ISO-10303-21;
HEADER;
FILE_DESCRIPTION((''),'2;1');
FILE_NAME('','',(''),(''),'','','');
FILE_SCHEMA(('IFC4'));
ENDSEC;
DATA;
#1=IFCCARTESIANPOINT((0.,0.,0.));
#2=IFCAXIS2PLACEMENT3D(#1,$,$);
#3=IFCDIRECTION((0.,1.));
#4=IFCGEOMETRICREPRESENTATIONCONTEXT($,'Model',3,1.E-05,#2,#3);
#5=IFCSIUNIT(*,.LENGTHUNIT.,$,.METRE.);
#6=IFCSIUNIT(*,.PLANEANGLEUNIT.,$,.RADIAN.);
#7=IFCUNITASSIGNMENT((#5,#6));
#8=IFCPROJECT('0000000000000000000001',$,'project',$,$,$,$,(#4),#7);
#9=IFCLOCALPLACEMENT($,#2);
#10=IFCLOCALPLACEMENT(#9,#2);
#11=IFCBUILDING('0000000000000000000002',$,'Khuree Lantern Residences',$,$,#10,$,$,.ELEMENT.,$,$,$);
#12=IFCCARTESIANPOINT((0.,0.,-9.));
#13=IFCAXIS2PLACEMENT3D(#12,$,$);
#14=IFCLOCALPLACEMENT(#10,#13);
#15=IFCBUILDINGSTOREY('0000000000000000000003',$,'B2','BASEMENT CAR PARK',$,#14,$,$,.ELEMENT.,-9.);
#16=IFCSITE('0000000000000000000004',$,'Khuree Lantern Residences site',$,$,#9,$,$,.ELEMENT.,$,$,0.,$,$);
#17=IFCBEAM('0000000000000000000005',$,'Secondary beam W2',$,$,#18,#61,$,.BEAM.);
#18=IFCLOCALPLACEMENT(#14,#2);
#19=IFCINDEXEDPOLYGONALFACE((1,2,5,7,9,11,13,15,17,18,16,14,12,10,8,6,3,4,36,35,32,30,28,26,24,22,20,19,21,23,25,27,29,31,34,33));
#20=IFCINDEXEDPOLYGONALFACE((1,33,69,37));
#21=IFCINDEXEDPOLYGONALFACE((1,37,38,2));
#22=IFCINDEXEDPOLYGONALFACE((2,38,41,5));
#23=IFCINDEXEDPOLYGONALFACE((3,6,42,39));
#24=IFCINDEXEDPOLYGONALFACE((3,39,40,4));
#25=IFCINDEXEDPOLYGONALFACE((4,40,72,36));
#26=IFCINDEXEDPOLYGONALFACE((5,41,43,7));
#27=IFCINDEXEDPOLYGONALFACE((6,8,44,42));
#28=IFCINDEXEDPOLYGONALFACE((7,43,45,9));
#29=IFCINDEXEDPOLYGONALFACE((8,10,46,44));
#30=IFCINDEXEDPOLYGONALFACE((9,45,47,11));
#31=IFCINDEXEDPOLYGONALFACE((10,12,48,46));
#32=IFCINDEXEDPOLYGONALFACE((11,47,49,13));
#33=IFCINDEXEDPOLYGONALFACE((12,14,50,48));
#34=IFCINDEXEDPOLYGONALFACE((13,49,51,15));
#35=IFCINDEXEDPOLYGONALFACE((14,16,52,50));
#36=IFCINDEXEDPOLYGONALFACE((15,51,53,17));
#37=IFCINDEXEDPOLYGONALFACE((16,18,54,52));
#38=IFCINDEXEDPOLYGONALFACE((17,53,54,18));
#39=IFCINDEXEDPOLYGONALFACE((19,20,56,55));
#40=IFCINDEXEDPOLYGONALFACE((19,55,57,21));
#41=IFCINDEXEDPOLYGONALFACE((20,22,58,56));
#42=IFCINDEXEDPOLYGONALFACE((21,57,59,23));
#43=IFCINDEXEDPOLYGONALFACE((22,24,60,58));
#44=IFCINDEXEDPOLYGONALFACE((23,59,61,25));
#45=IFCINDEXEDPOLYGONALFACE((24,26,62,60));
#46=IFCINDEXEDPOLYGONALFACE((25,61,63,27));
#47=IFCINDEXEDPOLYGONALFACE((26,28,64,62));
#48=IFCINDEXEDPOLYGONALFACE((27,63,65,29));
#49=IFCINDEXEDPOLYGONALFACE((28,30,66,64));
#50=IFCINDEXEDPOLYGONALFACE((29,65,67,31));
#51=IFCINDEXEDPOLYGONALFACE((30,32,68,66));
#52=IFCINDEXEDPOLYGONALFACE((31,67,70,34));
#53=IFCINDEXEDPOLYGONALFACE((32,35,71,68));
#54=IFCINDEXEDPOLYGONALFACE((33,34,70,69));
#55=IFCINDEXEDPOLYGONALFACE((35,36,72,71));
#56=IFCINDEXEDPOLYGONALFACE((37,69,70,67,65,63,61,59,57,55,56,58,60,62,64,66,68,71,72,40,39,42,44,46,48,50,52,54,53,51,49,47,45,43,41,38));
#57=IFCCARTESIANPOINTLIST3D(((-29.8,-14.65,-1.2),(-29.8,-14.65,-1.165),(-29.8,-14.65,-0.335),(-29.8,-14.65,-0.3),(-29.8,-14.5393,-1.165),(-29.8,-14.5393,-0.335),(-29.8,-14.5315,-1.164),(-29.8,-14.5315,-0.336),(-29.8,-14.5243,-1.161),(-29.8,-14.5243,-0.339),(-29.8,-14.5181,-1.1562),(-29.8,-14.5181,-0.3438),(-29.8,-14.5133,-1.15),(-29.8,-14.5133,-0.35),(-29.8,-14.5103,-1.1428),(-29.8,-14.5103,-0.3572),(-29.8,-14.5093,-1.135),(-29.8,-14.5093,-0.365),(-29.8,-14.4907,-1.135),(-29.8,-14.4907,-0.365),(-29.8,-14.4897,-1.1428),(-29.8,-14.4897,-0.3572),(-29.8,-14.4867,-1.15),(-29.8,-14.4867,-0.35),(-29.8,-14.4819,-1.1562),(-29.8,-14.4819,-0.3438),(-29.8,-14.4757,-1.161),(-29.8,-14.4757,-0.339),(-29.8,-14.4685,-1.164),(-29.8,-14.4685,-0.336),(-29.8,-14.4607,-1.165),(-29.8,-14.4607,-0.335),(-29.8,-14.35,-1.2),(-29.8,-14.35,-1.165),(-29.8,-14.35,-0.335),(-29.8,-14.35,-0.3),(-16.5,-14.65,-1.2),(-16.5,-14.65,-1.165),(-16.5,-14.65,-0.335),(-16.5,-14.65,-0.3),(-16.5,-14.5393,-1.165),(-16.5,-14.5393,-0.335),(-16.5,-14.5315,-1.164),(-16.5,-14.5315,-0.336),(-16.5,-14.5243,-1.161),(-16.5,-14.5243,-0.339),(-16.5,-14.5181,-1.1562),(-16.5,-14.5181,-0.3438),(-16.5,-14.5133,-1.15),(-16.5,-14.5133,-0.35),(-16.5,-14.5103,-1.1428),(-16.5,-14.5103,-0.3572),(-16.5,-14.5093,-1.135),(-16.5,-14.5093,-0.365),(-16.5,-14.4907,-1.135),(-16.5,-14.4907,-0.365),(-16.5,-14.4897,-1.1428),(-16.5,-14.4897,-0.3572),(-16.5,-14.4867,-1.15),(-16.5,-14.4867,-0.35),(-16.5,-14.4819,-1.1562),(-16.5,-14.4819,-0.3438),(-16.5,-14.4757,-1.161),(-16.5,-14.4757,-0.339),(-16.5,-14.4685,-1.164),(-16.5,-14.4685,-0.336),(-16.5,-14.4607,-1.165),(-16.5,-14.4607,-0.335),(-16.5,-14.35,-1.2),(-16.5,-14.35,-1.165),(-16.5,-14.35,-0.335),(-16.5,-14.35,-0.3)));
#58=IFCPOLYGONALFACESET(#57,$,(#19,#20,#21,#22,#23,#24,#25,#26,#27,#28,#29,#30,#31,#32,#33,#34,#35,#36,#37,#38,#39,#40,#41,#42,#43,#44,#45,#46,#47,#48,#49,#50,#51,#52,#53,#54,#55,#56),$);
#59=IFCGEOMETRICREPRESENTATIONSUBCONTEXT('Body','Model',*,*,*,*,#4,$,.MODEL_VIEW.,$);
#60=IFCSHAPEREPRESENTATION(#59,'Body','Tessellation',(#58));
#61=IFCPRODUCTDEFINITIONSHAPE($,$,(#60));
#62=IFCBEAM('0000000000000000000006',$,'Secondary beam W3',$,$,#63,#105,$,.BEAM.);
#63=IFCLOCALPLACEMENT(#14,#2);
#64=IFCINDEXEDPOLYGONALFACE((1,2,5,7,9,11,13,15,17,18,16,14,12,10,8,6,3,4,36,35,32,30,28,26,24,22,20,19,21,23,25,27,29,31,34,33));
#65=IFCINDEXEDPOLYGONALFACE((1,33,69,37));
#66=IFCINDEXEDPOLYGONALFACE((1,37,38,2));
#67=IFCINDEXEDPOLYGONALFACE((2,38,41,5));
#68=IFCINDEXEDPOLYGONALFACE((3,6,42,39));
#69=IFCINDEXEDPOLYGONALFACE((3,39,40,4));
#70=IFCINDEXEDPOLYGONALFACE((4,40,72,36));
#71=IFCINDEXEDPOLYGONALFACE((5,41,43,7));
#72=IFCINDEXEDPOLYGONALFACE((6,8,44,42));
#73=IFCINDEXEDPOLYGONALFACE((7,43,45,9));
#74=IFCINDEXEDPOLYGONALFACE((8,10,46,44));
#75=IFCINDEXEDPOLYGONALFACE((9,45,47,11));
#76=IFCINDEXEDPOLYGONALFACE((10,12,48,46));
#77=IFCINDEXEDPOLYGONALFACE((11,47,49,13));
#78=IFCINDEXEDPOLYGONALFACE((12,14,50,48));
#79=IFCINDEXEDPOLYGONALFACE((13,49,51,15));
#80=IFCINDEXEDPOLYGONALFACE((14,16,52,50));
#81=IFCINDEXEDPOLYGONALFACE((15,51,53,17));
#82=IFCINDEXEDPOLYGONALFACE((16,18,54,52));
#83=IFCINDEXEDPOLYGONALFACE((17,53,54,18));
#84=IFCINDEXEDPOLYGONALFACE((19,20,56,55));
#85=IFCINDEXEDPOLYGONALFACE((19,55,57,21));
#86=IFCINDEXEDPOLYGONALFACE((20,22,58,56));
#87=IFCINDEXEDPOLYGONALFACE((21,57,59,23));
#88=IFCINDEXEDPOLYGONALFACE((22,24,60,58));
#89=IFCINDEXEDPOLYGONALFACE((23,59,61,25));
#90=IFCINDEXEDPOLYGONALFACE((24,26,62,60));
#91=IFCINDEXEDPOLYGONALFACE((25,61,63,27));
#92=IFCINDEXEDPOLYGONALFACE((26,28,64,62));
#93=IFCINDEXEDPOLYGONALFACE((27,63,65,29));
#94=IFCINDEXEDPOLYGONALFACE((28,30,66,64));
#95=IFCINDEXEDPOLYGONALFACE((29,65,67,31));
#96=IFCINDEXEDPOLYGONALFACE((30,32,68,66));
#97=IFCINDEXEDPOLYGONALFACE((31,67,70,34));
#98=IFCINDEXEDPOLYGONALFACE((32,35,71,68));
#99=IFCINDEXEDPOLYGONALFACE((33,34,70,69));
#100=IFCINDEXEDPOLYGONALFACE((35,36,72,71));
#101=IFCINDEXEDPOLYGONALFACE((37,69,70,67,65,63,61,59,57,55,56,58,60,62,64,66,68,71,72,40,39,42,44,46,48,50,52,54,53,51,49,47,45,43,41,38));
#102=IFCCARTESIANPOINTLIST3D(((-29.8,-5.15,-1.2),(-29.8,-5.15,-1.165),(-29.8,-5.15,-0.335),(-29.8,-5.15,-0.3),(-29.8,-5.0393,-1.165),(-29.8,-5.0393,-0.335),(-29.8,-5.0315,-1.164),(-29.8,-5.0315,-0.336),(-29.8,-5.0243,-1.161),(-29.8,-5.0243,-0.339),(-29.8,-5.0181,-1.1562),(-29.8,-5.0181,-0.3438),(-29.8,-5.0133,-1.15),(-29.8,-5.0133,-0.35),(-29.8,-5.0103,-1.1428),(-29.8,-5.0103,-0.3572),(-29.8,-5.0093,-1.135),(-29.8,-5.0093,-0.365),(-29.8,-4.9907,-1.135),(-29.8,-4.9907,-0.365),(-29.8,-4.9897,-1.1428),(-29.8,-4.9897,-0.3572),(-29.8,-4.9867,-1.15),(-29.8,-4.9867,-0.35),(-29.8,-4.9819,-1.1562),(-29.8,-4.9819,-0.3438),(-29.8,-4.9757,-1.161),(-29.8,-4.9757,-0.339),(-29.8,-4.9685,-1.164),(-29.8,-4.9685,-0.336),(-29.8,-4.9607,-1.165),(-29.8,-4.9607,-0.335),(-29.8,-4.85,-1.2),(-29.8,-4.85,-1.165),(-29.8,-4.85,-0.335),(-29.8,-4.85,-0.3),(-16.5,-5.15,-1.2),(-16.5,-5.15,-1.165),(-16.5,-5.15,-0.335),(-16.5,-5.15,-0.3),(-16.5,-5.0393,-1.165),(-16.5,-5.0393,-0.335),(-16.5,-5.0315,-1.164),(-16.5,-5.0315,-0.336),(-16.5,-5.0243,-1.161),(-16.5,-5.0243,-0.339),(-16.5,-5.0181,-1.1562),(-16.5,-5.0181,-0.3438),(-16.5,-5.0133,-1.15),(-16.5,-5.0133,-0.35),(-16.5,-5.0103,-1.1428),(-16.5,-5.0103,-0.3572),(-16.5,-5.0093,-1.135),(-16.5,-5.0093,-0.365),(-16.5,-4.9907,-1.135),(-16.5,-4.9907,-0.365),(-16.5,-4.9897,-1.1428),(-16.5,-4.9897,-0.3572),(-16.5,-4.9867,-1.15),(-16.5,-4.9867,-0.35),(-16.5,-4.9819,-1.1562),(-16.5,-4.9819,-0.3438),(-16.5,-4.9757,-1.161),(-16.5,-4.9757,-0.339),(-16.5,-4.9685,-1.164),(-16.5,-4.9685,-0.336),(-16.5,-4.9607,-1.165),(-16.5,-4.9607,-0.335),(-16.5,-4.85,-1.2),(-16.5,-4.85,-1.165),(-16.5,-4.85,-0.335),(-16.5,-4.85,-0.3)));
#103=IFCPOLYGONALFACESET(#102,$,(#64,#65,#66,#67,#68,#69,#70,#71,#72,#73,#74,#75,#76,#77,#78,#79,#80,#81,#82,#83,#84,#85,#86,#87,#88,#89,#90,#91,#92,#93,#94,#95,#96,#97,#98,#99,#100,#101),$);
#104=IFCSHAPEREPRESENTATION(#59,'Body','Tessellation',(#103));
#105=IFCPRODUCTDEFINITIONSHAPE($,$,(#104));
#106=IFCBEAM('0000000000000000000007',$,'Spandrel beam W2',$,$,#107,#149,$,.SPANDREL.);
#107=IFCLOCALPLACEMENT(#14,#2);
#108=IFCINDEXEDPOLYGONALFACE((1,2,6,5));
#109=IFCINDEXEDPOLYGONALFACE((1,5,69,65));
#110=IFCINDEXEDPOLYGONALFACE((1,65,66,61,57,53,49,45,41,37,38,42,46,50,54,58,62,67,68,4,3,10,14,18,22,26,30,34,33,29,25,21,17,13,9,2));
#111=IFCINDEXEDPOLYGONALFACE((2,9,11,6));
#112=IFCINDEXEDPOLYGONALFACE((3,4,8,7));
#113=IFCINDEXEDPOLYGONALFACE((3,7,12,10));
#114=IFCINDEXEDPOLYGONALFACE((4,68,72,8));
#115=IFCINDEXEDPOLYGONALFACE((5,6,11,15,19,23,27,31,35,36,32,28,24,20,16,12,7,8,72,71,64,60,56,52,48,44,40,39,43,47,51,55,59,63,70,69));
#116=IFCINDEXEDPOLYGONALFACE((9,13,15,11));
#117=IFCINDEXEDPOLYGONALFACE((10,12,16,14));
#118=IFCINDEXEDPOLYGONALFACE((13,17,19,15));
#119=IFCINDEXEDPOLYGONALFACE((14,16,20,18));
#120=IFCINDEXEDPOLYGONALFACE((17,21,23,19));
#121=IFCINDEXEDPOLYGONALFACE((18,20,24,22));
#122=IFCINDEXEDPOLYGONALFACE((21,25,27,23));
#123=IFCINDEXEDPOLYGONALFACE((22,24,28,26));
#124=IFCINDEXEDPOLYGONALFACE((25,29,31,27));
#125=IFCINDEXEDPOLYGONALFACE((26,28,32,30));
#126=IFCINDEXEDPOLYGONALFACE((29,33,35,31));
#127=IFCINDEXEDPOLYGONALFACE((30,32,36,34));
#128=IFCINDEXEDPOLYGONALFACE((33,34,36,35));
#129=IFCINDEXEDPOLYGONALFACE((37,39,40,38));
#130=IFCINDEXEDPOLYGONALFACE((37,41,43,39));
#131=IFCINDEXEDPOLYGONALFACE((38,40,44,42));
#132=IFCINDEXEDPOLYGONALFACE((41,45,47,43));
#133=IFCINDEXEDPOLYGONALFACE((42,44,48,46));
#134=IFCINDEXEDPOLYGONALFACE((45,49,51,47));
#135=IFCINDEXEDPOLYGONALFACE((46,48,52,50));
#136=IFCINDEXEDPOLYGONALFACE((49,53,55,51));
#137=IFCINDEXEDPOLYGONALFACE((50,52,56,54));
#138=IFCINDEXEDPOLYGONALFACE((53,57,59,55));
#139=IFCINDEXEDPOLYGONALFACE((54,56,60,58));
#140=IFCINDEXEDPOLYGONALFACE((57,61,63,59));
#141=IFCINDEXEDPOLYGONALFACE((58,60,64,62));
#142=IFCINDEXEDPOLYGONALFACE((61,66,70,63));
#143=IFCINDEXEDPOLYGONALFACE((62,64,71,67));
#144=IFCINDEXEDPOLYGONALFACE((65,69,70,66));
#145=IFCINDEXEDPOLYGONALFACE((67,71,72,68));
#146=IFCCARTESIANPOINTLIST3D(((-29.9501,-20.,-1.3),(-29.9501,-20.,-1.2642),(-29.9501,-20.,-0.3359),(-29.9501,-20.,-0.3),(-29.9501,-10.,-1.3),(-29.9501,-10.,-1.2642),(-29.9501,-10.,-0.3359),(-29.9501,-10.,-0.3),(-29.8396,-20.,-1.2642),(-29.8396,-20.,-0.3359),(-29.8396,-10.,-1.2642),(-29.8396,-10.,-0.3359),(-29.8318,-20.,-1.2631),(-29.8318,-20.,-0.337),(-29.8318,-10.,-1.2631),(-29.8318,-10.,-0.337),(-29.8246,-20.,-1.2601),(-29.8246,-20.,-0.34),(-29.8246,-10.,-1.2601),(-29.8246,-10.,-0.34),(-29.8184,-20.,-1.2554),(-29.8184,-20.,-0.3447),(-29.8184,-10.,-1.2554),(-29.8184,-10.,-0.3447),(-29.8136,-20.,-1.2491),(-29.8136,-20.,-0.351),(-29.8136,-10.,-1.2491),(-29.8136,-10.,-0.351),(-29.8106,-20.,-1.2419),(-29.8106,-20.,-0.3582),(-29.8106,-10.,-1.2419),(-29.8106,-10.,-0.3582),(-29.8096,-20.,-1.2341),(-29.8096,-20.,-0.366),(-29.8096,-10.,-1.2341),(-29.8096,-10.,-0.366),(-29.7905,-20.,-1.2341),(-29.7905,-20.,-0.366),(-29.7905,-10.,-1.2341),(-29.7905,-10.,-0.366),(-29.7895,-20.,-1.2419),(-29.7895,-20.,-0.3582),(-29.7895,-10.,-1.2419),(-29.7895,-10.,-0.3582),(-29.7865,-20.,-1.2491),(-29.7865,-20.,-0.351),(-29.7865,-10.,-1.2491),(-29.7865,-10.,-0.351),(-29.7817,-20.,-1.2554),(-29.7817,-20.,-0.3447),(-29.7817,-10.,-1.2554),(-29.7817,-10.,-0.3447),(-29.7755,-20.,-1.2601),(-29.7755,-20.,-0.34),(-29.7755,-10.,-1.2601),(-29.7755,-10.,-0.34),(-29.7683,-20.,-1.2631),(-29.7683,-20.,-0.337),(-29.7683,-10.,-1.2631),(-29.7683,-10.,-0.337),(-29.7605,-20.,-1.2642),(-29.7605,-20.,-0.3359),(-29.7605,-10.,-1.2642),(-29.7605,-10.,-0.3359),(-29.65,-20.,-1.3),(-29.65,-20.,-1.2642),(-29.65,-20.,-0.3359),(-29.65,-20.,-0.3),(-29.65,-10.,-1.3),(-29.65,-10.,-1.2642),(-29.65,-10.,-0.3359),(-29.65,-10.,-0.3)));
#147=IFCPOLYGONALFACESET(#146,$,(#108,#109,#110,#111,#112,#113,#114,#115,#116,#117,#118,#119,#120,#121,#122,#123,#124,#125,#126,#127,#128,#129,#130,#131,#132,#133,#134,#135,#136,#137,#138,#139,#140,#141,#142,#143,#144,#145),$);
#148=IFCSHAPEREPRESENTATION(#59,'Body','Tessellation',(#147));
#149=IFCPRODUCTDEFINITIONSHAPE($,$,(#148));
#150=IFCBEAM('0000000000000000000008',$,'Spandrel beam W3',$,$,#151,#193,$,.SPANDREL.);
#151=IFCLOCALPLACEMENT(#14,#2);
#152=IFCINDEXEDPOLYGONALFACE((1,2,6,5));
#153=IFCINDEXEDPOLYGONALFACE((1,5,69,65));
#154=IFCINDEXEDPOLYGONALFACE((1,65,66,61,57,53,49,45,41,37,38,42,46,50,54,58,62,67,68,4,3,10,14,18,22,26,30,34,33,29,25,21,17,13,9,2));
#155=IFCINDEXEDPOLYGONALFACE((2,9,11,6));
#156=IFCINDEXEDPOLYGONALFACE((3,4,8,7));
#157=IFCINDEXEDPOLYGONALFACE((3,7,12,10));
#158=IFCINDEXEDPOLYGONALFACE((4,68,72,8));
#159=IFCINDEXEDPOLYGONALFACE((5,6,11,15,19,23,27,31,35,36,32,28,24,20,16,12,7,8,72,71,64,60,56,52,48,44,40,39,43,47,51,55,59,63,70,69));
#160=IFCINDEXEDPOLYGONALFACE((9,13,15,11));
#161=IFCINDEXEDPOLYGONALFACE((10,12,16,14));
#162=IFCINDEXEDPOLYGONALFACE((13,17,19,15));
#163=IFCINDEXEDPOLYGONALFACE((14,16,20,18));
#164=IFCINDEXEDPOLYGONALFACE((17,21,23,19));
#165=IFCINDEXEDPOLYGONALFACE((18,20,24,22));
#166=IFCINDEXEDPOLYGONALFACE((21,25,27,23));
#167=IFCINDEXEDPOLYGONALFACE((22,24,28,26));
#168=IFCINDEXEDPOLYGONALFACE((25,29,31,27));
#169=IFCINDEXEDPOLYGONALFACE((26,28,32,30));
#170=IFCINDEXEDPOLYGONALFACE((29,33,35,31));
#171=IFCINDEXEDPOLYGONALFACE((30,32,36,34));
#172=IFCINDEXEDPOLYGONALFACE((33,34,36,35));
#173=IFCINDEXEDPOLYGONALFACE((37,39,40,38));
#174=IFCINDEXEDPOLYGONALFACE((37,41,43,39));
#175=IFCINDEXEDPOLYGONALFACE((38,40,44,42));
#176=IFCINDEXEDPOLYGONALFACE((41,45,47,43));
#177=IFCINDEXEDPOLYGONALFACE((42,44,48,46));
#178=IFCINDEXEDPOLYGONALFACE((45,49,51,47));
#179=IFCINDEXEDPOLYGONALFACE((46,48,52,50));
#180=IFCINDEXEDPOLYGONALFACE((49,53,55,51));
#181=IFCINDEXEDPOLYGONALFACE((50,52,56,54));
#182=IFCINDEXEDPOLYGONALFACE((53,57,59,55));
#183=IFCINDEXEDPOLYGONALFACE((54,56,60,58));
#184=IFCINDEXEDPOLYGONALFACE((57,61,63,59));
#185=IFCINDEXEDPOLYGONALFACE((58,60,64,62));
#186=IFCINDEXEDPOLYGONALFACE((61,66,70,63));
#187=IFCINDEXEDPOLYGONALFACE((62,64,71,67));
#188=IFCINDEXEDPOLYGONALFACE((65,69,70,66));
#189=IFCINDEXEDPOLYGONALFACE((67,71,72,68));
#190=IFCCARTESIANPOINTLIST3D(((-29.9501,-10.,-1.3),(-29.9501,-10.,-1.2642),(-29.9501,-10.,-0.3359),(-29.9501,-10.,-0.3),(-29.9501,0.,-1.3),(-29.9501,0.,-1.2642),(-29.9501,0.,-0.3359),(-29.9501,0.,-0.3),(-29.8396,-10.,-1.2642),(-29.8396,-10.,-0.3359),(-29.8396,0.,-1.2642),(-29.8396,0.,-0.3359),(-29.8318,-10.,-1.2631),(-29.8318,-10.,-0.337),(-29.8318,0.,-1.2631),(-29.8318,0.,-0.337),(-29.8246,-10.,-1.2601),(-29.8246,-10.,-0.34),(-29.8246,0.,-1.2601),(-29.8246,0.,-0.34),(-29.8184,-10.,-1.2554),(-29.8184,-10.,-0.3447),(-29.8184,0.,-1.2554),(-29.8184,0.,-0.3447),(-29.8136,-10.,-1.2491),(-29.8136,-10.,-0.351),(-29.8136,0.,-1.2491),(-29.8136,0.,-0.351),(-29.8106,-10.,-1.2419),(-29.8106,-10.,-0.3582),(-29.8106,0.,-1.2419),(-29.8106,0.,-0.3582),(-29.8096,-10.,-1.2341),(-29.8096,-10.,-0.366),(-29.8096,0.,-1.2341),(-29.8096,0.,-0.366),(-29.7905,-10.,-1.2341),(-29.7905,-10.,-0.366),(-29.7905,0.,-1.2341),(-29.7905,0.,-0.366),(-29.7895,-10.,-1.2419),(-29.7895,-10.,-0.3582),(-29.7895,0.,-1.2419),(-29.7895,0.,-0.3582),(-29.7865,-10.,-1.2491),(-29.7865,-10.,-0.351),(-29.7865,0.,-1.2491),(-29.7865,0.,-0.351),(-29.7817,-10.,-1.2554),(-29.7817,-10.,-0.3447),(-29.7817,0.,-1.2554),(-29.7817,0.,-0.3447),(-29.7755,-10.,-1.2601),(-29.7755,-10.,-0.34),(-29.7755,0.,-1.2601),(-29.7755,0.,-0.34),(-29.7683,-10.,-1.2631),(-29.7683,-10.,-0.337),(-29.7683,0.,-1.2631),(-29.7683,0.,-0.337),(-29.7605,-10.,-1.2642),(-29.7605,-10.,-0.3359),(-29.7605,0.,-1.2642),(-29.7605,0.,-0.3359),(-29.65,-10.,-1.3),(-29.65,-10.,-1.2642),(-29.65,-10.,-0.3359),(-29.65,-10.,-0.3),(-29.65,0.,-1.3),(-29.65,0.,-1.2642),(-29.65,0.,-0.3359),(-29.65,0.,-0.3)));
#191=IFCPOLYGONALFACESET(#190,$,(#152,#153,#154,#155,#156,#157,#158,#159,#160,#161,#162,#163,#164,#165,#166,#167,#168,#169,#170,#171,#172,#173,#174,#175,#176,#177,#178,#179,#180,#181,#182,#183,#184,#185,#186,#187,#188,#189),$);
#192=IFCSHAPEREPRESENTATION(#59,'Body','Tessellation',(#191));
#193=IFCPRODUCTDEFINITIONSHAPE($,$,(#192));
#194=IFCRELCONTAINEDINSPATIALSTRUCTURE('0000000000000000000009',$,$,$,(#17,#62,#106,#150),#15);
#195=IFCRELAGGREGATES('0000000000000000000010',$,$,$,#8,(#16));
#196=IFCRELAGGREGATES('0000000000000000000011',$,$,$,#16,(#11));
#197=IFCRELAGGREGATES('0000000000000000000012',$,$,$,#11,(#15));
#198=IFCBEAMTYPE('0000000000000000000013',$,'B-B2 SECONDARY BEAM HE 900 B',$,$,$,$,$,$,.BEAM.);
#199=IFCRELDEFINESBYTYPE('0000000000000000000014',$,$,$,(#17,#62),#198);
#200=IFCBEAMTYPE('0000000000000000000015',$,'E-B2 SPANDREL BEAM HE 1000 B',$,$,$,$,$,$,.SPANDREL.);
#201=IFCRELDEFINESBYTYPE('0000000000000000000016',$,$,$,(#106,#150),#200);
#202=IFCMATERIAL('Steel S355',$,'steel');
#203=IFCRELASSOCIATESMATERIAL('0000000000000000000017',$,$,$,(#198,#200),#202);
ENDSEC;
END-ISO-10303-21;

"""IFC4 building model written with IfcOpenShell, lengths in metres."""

from ifc_helpers import new_model, si_unit, direction, frame, origin, origin_2d, place, context, subcontext, project, spatial, i_section, extrude, material, material_profile, profile_set, type_object, element, save


model = new_model("IFC4")

# Units and contexts
model_context = context("Model", 3, precision=1e-05, world=origin(), true_north=direction((0.0, 1.0)))
body_context = subcontext(model_context, "Body", "Model", "MODEL_VIEW")
ifc_project = project(units=[si_unit("LENGTHUNIT", "METRE"), si_unit("PLANEANGLEUNIT", "RADIAN")], contexts=[model_context])

# Site, building, storey
site_placement = place(None, origin())
site = spatial("IfcSite", under=ifc_project, at=site_placement, Name="Khuree Lantern Residences site", CompositionType="ELEMENT", RefElevation=0.0)
building_placement = place(site_placement, origin())
building = spatial("IfcBuilding", under=site, at=building_placement, Name="Khuree Lantern Residences", CompositionType="ELEMENT")
storey_placement = place(building_placement, frame((0.0, 0.0, -9.0)))
storey = spatial("IfcBuildingStorey", under=building, at=storey_placement, Name="B2", Description="BASEMENT CAR PARK", CompositionType="ELEMENT", Elevation=-9.0)

# Beams
ifc_material_1 = material(Name="Steel S355", Category="steel")
ifc_material_profile_1 = material_profile(ifc_material_1, i_section(OverallWidth=0.3, OverallDepth=0.8999, WebThickness=0.0186, FlangeThickness=0.0349, FilletRadius=0.03, at=origin_2d()), Name="HE 900 B")
ifc_profile_set_1 = profile_set([ifc_material_profile_1], Name="Steel S355")
beam_type_1 = type_object("IfcBeamType", Name="B-B2 SECONDARY BEAM HE 900 B", PredefinedType="BEAM", material=ifc_profile_set_1)
for number, where, z_axis, x_axis, name in (
    (1, (-29.8, -14.5, -0.75), (1.0, 0.0, 0.0), (0.0, 1.0, 0.0), "Secondary beam W2"),
    (2, (-29.8, -5.0, -0.75), (1.0, 0.0, 0.0), (0.0, 1.0, 0.0), "Secondary beam W3"),
):
    element("IfcBeam", number, at=place(storey_placement, frame(where, z_axis=z_axis, x_axis=x_axis)), inside=storey, type_object=beam_type_1, Name=name, PredefinedType="BEAM", context=body_context, shape_type="SweptSolid", body=[
        extrude(i_section(OverallWidth=0.3, OverallDepth=0.8999, WebThickness=0.0186, FlangeThickness=0.0349, FilletRadius=0.03, at=origin_2d()), origin(), (0.0, 0.0, 1.0), 13.3),
    ])
ifc_material_profile_2 = material_profile(ifc_material_1, i_section(OverallWidth=0.3, OverallDepth=1.0, WebThickness=0.019, FlangeThickness=0.0359, FilletRadius=0.03, at=origin_2d()), Name="HE 1000 B")
ifc_profile_set_2 = profile_set([ifc_material_profile_2], Name="Steel S355")
beam_type_2 = type_object("IfcBeamType", Name="E-B2 SPANDREL BEAM HE 1000 B", PredefinedType="SPANDREL", material=ifc_profile_set_2)
for number, where, z_axis, x_axis, name in (
    (3, (-29.8, -20.0, -0.8), (0.0, 1.0, 0.0), (-1.0, 0.0, 0.0), "Spandrel beam W2"),
    (4, (-29.8, -10.0, -0.8), (0.0, 1.0, 0.0), (-1.0, 0.0, 0.0), "Spandrel beam W3"),
):
    element("IfcBeam", number, at=place(storey_placement, frame(where, z_axis=z_axis, x_axis=x_axis)), inside=storey, type_object=beam_type_2, Name=name, PredefinedType="SPANDREL", context=body_context, shape_type="SweptSolid", body=[
        extrude(i_section(OverallWidth=0.3, OverallDepth=1.0, WebThickness=0.019, FlangeThickness=0.0359, FilletRadius=0.03, at=origin_2d()), origin(), (0.0, 0.0, 1.0), 10.0),
    ])

save(model, "model.ifc")
